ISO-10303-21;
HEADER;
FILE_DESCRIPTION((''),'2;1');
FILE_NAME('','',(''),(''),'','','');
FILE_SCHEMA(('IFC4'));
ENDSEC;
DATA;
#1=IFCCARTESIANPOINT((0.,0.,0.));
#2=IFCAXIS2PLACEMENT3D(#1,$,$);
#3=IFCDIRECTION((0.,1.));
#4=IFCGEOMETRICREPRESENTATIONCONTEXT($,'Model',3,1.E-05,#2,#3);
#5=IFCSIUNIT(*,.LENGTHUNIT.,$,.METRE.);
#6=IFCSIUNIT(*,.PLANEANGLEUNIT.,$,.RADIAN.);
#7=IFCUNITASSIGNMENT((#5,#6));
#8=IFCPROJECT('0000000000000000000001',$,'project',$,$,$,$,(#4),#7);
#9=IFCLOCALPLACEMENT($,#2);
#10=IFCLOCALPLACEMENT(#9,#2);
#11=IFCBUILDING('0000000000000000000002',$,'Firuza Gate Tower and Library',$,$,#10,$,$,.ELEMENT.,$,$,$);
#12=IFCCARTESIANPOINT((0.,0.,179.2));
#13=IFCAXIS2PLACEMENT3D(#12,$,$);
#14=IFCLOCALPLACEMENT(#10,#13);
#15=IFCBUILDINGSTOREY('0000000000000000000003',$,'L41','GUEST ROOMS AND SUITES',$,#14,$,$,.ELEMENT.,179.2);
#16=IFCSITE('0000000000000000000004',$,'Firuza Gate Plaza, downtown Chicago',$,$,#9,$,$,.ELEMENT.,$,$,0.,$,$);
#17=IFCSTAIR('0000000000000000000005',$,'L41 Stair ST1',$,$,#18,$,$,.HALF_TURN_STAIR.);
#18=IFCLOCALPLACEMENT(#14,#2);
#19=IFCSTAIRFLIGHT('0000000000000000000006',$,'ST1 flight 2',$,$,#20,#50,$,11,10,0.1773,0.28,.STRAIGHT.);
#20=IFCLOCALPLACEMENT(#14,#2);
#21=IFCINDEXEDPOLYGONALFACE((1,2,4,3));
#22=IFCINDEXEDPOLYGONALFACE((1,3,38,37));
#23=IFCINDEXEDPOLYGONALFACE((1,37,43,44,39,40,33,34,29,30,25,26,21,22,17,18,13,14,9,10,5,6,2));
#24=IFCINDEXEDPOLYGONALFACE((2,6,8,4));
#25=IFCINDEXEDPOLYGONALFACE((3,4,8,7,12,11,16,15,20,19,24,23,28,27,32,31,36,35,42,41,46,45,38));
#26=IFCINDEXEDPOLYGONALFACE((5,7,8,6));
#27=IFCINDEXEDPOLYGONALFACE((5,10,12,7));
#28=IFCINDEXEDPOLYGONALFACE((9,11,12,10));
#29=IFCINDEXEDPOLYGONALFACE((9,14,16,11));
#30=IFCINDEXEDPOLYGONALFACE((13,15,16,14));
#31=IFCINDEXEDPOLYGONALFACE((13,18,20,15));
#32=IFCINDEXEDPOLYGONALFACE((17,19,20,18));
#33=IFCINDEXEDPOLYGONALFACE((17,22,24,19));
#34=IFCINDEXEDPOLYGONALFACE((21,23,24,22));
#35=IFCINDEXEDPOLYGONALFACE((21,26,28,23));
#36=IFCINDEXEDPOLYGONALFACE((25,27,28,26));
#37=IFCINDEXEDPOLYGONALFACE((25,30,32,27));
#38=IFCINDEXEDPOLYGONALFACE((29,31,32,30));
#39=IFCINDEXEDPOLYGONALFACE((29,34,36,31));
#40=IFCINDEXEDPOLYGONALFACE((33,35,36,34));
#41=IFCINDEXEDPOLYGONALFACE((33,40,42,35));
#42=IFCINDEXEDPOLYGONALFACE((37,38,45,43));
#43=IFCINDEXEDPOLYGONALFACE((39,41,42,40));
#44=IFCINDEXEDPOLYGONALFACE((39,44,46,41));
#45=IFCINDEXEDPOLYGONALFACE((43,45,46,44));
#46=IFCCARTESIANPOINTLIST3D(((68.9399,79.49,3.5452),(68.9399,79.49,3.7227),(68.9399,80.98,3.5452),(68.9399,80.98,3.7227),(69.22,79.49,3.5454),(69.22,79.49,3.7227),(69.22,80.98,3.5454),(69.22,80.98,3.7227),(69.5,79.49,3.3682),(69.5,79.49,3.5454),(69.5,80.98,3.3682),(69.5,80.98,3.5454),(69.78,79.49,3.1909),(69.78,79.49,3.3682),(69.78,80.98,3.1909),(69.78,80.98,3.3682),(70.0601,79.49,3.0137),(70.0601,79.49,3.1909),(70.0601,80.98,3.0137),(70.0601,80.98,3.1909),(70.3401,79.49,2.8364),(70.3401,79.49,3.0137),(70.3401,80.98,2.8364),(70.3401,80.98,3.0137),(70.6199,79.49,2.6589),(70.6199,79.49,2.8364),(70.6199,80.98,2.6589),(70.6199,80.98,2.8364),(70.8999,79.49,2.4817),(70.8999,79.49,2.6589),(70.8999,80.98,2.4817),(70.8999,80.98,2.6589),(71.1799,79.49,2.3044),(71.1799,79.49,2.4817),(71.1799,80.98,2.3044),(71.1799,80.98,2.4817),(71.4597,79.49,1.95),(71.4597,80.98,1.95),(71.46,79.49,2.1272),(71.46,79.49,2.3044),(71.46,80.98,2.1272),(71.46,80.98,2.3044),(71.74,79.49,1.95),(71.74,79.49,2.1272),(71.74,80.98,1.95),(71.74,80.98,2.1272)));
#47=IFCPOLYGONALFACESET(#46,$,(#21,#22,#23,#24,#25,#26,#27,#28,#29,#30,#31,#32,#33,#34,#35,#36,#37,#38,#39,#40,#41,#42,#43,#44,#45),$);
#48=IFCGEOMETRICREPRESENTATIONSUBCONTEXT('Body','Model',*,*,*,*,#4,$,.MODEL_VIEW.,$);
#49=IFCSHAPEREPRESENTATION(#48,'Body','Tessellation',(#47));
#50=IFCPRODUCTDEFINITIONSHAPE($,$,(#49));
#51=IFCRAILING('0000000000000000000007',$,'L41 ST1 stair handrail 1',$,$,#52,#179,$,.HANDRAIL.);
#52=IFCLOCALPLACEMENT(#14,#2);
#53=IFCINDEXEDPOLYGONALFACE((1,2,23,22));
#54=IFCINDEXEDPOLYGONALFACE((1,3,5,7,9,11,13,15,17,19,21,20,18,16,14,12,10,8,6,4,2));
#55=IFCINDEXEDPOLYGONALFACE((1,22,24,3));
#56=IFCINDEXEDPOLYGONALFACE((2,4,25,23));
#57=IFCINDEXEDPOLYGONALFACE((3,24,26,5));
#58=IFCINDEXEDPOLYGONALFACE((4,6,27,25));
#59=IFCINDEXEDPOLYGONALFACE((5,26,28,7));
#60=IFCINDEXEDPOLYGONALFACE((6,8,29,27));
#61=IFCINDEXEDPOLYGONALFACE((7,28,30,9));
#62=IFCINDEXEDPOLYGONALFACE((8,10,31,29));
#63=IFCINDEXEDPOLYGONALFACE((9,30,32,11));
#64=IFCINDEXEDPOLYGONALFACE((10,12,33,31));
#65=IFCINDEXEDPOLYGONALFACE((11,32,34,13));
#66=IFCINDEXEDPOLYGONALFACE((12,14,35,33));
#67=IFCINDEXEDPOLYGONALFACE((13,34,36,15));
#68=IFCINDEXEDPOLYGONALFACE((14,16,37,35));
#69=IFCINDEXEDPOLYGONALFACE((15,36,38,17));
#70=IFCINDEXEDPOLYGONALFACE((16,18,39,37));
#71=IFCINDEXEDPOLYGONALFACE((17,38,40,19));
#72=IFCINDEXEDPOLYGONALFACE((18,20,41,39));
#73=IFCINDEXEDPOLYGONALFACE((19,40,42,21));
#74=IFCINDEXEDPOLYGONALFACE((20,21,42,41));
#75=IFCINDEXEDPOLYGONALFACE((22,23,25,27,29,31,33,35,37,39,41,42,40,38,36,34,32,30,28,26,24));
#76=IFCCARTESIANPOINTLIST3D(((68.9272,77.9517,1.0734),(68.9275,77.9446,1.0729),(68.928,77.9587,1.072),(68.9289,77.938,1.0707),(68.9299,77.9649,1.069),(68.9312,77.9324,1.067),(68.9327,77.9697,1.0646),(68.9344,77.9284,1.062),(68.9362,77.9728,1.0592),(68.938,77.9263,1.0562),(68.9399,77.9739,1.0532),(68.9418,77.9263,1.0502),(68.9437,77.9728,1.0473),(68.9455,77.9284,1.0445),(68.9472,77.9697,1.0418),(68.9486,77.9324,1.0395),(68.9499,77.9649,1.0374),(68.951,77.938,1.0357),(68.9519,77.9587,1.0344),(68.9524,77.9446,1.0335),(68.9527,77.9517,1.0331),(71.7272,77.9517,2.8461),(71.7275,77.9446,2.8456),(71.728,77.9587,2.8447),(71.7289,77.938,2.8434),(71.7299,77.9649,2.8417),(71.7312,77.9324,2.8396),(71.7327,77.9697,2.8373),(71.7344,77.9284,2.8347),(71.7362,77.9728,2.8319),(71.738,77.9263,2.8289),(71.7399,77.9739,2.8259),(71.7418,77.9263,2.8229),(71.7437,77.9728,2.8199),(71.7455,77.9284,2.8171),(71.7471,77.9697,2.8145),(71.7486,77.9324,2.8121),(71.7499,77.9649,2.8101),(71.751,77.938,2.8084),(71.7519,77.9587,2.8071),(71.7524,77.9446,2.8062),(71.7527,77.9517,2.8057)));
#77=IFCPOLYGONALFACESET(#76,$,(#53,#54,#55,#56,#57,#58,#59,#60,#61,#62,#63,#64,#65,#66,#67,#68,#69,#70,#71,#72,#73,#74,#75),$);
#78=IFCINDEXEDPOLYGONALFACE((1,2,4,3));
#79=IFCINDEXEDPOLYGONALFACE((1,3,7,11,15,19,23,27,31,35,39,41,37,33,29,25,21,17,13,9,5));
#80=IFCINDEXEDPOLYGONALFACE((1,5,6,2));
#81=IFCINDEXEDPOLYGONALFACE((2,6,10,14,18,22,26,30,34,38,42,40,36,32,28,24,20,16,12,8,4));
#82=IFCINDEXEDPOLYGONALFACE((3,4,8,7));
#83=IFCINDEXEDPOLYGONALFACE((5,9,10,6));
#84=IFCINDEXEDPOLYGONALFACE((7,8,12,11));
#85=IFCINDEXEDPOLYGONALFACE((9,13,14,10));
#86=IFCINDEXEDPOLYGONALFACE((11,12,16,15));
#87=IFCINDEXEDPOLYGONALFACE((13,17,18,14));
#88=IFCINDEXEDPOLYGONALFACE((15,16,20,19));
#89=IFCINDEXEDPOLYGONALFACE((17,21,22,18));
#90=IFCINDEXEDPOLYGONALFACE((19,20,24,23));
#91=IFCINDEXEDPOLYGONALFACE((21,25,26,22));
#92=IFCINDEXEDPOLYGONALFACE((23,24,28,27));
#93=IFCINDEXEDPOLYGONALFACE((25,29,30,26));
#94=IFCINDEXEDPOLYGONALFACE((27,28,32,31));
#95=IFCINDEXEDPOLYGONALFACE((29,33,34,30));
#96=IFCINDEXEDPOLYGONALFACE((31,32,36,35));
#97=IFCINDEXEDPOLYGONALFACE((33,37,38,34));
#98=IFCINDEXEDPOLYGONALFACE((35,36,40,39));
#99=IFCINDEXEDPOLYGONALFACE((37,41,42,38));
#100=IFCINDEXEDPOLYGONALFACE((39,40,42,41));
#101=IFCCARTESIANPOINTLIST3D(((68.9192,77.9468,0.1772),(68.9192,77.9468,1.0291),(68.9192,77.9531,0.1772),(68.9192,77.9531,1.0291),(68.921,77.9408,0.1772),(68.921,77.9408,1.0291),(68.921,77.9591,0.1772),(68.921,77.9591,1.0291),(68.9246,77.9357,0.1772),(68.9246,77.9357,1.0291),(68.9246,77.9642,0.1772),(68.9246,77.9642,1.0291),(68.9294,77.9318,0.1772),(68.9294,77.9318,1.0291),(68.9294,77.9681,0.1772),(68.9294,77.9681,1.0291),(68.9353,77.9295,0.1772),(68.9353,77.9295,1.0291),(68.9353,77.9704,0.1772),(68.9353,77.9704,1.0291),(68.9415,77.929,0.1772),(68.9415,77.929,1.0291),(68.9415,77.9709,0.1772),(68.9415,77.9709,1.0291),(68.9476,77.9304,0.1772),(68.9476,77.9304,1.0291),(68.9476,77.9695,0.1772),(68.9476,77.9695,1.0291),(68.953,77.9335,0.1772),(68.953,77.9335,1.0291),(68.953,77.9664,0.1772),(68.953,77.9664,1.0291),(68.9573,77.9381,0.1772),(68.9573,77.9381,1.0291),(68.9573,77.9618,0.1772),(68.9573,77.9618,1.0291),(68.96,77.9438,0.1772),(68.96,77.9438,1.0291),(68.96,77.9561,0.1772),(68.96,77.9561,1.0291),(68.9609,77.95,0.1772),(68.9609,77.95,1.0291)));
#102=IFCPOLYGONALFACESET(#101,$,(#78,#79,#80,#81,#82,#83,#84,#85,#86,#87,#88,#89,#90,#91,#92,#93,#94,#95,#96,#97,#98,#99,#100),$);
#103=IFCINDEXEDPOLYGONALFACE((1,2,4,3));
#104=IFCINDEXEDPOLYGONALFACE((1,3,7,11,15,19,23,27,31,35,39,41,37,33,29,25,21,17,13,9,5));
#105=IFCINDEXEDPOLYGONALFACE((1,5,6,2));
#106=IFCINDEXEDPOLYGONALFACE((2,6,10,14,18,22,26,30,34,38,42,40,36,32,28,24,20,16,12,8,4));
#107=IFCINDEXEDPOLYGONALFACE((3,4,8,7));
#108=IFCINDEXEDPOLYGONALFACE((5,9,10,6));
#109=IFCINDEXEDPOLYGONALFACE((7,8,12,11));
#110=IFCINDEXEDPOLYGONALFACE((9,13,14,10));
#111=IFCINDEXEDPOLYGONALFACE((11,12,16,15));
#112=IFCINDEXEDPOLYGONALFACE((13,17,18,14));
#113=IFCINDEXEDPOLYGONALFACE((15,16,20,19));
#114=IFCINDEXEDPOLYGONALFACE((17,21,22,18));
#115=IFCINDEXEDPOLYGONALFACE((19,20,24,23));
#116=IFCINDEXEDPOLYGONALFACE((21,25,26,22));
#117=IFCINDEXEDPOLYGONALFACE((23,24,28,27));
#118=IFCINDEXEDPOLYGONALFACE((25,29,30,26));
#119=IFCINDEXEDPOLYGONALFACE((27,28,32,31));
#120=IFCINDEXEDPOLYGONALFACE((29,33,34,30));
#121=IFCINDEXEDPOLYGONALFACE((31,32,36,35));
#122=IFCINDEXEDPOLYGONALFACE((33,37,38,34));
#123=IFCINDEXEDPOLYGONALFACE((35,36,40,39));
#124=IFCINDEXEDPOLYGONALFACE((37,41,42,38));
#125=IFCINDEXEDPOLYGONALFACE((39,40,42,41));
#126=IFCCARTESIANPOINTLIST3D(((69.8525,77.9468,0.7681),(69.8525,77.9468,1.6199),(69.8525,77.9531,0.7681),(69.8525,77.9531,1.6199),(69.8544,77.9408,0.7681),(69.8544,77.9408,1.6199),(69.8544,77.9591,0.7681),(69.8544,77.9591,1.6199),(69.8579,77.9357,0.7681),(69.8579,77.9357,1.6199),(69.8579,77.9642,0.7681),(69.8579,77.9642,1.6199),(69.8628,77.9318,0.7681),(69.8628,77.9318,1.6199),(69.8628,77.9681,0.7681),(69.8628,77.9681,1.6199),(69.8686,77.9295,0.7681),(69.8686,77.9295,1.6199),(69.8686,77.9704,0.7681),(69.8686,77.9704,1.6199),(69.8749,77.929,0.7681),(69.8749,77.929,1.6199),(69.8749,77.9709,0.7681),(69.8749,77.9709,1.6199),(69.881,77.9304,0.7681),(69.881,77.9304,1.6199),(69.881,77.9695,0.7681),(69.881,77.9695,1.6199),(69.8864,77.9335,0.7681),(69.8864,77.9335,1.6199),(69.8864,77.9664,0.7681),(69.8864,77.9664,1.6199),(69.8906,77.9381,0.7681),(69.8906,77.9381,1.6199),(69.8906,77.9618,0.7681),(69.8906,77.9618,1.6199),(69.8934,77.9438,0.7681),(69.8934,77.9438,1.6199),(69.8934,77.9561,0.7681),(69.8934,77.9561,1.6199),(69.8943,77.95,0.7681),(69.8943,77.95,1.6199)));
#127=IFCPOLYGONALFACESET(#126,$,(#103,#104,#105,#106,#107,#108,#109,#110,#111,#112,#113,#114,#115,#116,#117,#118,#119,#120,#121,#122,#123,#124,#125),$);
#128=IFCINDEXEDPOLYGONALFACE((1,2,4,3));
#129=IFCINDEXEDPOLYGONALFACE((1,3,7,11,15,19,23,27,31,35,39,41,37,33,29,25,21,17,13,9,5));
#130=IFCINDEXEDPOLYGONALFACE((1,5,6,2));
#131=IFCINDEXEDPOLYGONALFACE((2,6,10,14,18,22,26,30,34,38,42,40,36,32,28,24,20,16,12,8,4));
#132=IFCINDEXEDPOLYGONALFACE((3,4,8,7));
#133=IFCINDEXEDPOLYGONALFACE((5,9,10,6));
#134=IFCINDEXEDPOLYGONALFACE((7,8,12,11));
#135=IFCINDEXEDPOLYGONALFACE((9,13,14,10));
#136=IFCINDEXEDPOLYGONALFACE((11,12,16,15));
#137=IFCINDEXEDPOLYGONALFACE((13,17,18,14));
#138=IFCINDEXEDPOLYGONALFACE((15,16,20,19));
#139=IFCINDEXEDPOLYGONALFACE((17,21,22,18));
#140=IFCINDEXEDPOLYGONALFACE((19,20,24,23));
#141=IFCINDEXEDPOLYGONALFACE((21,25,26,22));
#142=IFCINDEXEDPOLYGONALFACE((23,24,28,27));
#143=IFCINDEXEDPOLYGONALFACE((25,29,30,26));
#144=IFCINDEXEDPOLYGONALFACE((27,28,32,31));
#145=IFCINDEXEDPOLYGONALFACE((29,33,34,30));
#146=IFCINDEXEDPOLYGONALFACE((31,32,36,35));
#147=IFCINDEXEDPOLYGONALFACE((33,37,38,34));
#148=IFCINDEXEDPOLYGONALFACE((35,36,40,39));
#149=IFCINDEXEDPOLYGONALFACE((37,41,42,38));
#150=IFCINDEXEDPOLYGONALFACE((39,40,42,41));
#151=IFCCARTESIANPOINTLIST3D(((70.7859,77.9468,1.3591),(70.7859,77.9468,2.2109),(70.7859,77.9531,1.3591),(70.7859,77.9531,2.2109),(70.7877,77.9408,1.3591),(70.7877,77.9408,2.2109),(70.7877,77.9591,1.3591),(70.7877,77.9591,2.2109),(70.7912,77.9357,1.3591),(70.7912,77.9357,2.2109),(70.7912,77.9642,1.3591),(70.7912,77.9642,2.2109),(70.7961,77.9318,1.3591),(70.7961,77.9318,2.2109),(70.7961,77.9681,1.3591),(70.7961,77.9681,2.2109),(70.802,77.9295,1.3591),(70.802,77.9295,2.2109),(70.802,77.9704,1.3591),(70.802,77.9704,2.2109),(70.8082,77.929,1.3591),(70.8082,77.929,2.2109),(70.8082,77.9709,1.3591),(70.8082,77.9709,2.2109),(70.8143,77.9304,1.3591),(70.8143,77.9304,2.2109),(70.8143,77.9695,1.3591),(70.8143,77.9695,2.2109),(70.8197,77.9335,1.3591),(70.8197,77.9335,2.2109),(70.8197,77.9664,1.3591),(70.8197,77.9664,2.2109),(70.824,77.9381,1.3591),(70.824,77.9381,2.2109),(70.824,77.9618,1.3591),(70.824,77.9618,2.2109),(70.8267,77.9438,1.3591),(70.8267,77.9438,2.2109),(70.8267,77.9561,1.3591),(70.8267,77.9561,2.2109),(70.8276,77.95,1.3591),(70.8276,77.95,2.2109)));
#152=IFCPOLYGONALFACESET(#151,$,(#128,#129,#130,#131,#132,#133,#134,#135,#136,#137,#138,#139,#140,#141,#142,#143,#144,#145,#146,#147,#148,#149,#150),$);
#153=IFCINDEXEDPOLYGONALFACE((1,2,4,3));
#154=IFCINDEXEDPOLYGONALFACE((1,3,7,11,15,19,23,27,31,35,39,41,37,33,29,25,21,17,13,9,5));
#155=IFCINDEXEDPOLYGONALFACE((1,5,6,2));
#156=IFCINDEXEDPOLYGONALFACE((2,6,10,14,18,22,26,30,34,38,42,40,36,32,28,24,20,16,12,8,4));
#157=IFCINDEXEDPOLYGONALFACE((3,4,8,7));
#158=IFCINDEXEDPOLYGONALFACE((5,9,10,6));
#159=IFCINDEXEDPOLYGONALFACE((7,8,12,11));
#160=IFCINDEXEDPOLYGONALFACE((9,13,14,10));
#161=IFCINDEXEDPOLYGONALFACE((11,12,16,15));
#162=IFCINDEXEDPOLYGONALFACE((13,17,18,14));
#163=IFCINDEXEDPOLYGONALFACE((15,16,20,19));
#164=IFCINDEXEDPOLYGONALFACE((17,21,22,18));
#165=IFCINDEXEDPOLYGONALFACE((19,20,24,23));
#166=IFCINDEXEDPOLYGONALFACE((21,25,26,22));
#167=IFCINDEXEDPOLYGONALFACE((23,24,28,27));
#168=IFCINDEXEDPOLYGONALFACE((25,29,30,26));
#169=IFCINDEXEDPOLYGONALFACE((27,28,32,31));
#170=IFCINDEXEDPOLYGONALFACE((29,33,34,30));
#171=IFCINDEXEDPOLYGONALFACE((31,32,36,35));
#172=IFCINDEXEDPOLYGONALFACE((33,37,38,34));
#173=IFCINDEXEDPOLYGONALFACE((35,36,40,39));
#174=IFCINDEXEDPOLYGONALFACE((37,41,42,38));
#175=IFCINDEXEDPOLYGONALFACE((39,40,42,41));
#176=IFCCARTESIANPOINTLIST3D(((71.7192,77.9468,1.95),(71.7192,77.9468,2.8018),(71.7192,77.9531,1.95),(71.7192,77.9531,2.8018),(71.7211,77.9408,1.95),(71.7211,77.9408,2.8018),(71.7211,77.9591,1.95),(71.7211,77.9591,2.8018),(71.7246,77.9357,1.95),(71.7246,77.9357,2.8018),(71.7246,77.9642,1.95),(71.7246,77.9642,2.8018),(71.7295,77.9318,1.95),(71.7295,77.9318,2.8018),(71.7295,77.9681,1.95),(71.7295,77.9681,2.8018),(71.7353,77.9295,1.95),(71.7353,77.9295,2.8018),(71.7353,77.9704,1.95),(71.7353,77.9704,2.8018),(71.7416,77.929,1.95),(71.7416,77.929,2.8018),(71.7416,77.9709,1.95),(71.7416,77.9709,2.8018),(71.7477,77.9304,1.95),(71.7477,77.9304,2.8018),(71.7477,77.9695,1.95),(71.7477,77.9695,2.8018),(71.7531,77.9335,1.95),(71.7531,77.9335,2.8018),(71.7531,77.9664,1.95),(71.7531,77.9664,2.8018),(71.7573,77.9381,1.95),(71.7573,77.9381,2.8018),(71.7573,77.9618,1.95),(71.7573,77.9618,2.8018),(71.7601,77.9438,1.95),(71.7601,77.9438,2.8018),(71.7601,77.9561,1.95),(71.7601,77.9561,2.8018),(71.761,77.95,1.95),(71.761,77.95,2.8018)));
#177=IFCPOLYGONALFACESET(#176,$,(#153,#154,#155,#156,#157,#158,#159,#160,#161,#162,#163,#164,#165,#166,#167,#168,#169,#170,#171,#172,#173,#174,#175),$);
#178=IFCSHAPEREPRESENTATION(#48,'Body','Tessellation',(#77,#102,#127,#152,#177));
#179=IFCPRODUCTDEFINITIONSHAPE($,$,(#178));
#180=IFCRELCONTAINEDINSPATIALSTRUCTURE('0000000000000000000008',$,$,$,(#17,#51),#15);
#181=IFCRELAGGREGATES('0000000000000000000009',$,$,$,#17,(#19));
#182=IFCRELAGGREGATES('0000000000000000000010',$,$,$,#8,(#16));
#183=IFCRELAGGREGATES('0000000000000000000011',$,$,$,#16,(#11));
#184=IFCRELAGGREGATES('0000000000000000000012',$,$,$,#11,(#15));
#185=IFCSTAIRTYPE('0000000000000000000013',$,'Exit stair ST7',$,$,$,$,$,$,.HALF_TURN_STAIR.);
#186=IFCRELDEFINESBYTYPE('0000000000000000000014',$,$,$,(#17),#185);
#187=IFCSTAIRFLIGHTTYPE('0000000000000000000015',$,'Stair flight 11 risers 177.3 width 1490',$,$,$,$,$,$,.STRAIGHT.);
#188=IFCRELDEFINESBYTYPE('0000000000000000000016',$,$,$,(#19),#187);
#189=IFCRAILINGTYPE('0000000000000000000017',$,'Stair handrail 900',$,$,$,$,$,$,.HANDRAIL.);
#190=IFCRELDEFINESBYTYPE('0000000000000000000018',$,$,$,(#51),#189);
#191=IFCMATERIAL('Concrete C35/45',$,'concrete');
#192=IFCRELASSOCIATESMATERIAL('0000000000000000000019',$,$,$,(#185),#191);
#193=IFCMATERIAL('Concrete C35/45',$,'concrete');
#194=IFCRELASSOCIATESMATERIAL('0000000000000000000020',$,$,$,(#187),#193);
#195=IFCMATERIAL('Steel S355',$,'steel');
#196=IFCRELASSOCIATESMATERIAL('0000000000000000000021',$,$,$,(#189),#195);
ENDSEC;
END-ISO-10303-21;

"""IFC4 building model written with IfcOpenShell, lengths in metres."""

from ifc_helpers import new_model, si_unit, direction, frame, origin, origin_2d, place, context, subcontext, project, spatial, polyline, circle, outline, extrude, material, type_object, element, aggregate, save


model = new_model("IFC4")

# Units and contexts
model_context = context("Model", 3, precision=1e-05, world=origin(), true_north=direction((0.0, 1.0)))
body_context = subcontext(model_context, "Body", "Model", "MODEL_VIEW")
ifc_project = project(units=[si_unit("LENGTHUNIT", "METRE"), si_unit("PLANEANGLEUNIT", "RADIAN")], contexts=[model_context])

# Site, building, storey
site_placement = place(None, origin())
site = spatial("IfcSite", under=ifc_project, at=site_placement, Name="Firuza Gate Plaza, downtown Chicago", CompositionType="ELEMENT", RefElevation=0.0)
building_placement = place(site_placement, origin())
building = spatial("IfcBuilding", under=site, at=building_placement, Name="Firuza Gate Tower and Library", CompositionType="ELEMENT")
storey_placement = place(building_placement, frame((0.0, 0.0, 179.2)))
storey = spatial("IfcBuildingStorey", under=building, at=storey_placement, Name="L41", Description="GUEST ROOMS AND SUITES", CompositionType="ELEMENT", Elevation=179.2)

# Stair, stair flight
ifc_material_1 = material(Name="Concrete C35/45", Category="concrete")
stair_type = type_object("IfcStairType", Name="Exit stair ST7", PredefinedType="HALF_TURN_STAIR", material=ifc_material_1)
stair_placement = place(storey_placement, origin())
stair = element("IfcStair", 1, at=stair_placement, inside=storey, type_object=stair_type, Name="L41 Stair ST1", PredefinedType="HALF_TURN_STAIR")
ifc_material_2 = material(Name="Concrete C35/45", Category="concrete")
stair_flight_type = type_object("IfcStairFlightType", Name="Stair flight 11 risers 177.3 width 1490", PredefinedType="STRAIGHT", material=ifc_material_2)
stair_flight_1_placement = place(storey_placement, frame((71.74, 80.2351, 1.95), z_axis=(0.0, 0.0, 1.0), x_axis=(-1.0, 0.0, 0.0)))
stair_flight_1 = element("IfcStairFlight", 2, at=stair_flight_1_placement, type_object=stair_flight_type, Name="ST1 flight 2", NumberOfRisers=11, NumberOfTreads=10, PredefinedType="STRAIGHT", RiserHeight=0.1773, TreadLength=0.28, context=body_context, shape_type="SweptSolid", body=[
    extrude(outline(polyline([(0.0, 0.0), (0.0, 0.1772), (0.28, 0.1772), (0.28, 0.3545), (0.5601, 0.3545), (0.5601, 0.5317), (0.8401, 0.5317), (0.8401, 0.709), (1.1201, 0.709), (1.1201, 0.8865), (1.3999, 0.8865), (1.3999, 1.0637), (1.6799, 1.0637), (1.6799, 1.241), (1.96, 1.241), (1.96, 1.4182), (2.24, 1.4182), (2.24, 1.5955), (2.52, 1.5955), (2.52, 1.7727), (2.8, 1.7727), (2.8, 1.95), (2.8, 1.5952), (0.2803, 0.0), (0.0, 0.0)])), frame((0.0, 0.7451, 0.0), z_axis=(0.0, -1.0, 0.0), x_axis=(1.0, 0.0, 0.0)), (0.0, 0.0, 1.0), 1.49),
])
aggregate(stair, [stair_flight_1])

# Railing
ifc_material_3 = material(Name="Steel S355", Category="steel")
railing_type_1 = type_object("IfcRailingType", Name="Stair handrail 900", PredefinedType="HANDRAIL", material=ifc_material_3)
railing_1_placement = place(storey_placement, frame((68.9399, 77.95, 0.1772)))
element("IfcRailing", 3, at=railing_1_placement, inside=storey, type_object=railing_type_1, Name="L41 ST1 stair handrail 1", PredefinedType="HANDRAIL", context=body_context, shape_type="SweptSolid", body=[
    extrude(circle(Radius=0.0239, at=origin_2d()), frame((0.0, 0.0, 0.876), z_axis=(0.844909, 0.0, 0.53491), x_axis=(0.0, 1.0, 0.0)), (0.0, 0.0, 1.0), 3.314),
    extrude(circle(Radius=0.021, at=origin_2d()), origin(), (0.0, 0.0, 1.0), 0.8518),
    extrude(circle(Radius=0.021, at=origin_2d()), frame((0.9333, 0.0, 0.5908)), (0.0, 0.0, 1.0), 0.8518),
    extrude(circle(Radius=0.021, at=origin_2d()), frame((1.8667, 0.0, 1.1819)), (0.0, 0.0, 1.0), 0.8518),
    extrude(circle(Radius=0.021, at=origin_2d()), frame((2.8, 0.0, 1.7727)), (0.0, 0.0, 1.0), 0.8518),
])

save(model, "model.ifc")
